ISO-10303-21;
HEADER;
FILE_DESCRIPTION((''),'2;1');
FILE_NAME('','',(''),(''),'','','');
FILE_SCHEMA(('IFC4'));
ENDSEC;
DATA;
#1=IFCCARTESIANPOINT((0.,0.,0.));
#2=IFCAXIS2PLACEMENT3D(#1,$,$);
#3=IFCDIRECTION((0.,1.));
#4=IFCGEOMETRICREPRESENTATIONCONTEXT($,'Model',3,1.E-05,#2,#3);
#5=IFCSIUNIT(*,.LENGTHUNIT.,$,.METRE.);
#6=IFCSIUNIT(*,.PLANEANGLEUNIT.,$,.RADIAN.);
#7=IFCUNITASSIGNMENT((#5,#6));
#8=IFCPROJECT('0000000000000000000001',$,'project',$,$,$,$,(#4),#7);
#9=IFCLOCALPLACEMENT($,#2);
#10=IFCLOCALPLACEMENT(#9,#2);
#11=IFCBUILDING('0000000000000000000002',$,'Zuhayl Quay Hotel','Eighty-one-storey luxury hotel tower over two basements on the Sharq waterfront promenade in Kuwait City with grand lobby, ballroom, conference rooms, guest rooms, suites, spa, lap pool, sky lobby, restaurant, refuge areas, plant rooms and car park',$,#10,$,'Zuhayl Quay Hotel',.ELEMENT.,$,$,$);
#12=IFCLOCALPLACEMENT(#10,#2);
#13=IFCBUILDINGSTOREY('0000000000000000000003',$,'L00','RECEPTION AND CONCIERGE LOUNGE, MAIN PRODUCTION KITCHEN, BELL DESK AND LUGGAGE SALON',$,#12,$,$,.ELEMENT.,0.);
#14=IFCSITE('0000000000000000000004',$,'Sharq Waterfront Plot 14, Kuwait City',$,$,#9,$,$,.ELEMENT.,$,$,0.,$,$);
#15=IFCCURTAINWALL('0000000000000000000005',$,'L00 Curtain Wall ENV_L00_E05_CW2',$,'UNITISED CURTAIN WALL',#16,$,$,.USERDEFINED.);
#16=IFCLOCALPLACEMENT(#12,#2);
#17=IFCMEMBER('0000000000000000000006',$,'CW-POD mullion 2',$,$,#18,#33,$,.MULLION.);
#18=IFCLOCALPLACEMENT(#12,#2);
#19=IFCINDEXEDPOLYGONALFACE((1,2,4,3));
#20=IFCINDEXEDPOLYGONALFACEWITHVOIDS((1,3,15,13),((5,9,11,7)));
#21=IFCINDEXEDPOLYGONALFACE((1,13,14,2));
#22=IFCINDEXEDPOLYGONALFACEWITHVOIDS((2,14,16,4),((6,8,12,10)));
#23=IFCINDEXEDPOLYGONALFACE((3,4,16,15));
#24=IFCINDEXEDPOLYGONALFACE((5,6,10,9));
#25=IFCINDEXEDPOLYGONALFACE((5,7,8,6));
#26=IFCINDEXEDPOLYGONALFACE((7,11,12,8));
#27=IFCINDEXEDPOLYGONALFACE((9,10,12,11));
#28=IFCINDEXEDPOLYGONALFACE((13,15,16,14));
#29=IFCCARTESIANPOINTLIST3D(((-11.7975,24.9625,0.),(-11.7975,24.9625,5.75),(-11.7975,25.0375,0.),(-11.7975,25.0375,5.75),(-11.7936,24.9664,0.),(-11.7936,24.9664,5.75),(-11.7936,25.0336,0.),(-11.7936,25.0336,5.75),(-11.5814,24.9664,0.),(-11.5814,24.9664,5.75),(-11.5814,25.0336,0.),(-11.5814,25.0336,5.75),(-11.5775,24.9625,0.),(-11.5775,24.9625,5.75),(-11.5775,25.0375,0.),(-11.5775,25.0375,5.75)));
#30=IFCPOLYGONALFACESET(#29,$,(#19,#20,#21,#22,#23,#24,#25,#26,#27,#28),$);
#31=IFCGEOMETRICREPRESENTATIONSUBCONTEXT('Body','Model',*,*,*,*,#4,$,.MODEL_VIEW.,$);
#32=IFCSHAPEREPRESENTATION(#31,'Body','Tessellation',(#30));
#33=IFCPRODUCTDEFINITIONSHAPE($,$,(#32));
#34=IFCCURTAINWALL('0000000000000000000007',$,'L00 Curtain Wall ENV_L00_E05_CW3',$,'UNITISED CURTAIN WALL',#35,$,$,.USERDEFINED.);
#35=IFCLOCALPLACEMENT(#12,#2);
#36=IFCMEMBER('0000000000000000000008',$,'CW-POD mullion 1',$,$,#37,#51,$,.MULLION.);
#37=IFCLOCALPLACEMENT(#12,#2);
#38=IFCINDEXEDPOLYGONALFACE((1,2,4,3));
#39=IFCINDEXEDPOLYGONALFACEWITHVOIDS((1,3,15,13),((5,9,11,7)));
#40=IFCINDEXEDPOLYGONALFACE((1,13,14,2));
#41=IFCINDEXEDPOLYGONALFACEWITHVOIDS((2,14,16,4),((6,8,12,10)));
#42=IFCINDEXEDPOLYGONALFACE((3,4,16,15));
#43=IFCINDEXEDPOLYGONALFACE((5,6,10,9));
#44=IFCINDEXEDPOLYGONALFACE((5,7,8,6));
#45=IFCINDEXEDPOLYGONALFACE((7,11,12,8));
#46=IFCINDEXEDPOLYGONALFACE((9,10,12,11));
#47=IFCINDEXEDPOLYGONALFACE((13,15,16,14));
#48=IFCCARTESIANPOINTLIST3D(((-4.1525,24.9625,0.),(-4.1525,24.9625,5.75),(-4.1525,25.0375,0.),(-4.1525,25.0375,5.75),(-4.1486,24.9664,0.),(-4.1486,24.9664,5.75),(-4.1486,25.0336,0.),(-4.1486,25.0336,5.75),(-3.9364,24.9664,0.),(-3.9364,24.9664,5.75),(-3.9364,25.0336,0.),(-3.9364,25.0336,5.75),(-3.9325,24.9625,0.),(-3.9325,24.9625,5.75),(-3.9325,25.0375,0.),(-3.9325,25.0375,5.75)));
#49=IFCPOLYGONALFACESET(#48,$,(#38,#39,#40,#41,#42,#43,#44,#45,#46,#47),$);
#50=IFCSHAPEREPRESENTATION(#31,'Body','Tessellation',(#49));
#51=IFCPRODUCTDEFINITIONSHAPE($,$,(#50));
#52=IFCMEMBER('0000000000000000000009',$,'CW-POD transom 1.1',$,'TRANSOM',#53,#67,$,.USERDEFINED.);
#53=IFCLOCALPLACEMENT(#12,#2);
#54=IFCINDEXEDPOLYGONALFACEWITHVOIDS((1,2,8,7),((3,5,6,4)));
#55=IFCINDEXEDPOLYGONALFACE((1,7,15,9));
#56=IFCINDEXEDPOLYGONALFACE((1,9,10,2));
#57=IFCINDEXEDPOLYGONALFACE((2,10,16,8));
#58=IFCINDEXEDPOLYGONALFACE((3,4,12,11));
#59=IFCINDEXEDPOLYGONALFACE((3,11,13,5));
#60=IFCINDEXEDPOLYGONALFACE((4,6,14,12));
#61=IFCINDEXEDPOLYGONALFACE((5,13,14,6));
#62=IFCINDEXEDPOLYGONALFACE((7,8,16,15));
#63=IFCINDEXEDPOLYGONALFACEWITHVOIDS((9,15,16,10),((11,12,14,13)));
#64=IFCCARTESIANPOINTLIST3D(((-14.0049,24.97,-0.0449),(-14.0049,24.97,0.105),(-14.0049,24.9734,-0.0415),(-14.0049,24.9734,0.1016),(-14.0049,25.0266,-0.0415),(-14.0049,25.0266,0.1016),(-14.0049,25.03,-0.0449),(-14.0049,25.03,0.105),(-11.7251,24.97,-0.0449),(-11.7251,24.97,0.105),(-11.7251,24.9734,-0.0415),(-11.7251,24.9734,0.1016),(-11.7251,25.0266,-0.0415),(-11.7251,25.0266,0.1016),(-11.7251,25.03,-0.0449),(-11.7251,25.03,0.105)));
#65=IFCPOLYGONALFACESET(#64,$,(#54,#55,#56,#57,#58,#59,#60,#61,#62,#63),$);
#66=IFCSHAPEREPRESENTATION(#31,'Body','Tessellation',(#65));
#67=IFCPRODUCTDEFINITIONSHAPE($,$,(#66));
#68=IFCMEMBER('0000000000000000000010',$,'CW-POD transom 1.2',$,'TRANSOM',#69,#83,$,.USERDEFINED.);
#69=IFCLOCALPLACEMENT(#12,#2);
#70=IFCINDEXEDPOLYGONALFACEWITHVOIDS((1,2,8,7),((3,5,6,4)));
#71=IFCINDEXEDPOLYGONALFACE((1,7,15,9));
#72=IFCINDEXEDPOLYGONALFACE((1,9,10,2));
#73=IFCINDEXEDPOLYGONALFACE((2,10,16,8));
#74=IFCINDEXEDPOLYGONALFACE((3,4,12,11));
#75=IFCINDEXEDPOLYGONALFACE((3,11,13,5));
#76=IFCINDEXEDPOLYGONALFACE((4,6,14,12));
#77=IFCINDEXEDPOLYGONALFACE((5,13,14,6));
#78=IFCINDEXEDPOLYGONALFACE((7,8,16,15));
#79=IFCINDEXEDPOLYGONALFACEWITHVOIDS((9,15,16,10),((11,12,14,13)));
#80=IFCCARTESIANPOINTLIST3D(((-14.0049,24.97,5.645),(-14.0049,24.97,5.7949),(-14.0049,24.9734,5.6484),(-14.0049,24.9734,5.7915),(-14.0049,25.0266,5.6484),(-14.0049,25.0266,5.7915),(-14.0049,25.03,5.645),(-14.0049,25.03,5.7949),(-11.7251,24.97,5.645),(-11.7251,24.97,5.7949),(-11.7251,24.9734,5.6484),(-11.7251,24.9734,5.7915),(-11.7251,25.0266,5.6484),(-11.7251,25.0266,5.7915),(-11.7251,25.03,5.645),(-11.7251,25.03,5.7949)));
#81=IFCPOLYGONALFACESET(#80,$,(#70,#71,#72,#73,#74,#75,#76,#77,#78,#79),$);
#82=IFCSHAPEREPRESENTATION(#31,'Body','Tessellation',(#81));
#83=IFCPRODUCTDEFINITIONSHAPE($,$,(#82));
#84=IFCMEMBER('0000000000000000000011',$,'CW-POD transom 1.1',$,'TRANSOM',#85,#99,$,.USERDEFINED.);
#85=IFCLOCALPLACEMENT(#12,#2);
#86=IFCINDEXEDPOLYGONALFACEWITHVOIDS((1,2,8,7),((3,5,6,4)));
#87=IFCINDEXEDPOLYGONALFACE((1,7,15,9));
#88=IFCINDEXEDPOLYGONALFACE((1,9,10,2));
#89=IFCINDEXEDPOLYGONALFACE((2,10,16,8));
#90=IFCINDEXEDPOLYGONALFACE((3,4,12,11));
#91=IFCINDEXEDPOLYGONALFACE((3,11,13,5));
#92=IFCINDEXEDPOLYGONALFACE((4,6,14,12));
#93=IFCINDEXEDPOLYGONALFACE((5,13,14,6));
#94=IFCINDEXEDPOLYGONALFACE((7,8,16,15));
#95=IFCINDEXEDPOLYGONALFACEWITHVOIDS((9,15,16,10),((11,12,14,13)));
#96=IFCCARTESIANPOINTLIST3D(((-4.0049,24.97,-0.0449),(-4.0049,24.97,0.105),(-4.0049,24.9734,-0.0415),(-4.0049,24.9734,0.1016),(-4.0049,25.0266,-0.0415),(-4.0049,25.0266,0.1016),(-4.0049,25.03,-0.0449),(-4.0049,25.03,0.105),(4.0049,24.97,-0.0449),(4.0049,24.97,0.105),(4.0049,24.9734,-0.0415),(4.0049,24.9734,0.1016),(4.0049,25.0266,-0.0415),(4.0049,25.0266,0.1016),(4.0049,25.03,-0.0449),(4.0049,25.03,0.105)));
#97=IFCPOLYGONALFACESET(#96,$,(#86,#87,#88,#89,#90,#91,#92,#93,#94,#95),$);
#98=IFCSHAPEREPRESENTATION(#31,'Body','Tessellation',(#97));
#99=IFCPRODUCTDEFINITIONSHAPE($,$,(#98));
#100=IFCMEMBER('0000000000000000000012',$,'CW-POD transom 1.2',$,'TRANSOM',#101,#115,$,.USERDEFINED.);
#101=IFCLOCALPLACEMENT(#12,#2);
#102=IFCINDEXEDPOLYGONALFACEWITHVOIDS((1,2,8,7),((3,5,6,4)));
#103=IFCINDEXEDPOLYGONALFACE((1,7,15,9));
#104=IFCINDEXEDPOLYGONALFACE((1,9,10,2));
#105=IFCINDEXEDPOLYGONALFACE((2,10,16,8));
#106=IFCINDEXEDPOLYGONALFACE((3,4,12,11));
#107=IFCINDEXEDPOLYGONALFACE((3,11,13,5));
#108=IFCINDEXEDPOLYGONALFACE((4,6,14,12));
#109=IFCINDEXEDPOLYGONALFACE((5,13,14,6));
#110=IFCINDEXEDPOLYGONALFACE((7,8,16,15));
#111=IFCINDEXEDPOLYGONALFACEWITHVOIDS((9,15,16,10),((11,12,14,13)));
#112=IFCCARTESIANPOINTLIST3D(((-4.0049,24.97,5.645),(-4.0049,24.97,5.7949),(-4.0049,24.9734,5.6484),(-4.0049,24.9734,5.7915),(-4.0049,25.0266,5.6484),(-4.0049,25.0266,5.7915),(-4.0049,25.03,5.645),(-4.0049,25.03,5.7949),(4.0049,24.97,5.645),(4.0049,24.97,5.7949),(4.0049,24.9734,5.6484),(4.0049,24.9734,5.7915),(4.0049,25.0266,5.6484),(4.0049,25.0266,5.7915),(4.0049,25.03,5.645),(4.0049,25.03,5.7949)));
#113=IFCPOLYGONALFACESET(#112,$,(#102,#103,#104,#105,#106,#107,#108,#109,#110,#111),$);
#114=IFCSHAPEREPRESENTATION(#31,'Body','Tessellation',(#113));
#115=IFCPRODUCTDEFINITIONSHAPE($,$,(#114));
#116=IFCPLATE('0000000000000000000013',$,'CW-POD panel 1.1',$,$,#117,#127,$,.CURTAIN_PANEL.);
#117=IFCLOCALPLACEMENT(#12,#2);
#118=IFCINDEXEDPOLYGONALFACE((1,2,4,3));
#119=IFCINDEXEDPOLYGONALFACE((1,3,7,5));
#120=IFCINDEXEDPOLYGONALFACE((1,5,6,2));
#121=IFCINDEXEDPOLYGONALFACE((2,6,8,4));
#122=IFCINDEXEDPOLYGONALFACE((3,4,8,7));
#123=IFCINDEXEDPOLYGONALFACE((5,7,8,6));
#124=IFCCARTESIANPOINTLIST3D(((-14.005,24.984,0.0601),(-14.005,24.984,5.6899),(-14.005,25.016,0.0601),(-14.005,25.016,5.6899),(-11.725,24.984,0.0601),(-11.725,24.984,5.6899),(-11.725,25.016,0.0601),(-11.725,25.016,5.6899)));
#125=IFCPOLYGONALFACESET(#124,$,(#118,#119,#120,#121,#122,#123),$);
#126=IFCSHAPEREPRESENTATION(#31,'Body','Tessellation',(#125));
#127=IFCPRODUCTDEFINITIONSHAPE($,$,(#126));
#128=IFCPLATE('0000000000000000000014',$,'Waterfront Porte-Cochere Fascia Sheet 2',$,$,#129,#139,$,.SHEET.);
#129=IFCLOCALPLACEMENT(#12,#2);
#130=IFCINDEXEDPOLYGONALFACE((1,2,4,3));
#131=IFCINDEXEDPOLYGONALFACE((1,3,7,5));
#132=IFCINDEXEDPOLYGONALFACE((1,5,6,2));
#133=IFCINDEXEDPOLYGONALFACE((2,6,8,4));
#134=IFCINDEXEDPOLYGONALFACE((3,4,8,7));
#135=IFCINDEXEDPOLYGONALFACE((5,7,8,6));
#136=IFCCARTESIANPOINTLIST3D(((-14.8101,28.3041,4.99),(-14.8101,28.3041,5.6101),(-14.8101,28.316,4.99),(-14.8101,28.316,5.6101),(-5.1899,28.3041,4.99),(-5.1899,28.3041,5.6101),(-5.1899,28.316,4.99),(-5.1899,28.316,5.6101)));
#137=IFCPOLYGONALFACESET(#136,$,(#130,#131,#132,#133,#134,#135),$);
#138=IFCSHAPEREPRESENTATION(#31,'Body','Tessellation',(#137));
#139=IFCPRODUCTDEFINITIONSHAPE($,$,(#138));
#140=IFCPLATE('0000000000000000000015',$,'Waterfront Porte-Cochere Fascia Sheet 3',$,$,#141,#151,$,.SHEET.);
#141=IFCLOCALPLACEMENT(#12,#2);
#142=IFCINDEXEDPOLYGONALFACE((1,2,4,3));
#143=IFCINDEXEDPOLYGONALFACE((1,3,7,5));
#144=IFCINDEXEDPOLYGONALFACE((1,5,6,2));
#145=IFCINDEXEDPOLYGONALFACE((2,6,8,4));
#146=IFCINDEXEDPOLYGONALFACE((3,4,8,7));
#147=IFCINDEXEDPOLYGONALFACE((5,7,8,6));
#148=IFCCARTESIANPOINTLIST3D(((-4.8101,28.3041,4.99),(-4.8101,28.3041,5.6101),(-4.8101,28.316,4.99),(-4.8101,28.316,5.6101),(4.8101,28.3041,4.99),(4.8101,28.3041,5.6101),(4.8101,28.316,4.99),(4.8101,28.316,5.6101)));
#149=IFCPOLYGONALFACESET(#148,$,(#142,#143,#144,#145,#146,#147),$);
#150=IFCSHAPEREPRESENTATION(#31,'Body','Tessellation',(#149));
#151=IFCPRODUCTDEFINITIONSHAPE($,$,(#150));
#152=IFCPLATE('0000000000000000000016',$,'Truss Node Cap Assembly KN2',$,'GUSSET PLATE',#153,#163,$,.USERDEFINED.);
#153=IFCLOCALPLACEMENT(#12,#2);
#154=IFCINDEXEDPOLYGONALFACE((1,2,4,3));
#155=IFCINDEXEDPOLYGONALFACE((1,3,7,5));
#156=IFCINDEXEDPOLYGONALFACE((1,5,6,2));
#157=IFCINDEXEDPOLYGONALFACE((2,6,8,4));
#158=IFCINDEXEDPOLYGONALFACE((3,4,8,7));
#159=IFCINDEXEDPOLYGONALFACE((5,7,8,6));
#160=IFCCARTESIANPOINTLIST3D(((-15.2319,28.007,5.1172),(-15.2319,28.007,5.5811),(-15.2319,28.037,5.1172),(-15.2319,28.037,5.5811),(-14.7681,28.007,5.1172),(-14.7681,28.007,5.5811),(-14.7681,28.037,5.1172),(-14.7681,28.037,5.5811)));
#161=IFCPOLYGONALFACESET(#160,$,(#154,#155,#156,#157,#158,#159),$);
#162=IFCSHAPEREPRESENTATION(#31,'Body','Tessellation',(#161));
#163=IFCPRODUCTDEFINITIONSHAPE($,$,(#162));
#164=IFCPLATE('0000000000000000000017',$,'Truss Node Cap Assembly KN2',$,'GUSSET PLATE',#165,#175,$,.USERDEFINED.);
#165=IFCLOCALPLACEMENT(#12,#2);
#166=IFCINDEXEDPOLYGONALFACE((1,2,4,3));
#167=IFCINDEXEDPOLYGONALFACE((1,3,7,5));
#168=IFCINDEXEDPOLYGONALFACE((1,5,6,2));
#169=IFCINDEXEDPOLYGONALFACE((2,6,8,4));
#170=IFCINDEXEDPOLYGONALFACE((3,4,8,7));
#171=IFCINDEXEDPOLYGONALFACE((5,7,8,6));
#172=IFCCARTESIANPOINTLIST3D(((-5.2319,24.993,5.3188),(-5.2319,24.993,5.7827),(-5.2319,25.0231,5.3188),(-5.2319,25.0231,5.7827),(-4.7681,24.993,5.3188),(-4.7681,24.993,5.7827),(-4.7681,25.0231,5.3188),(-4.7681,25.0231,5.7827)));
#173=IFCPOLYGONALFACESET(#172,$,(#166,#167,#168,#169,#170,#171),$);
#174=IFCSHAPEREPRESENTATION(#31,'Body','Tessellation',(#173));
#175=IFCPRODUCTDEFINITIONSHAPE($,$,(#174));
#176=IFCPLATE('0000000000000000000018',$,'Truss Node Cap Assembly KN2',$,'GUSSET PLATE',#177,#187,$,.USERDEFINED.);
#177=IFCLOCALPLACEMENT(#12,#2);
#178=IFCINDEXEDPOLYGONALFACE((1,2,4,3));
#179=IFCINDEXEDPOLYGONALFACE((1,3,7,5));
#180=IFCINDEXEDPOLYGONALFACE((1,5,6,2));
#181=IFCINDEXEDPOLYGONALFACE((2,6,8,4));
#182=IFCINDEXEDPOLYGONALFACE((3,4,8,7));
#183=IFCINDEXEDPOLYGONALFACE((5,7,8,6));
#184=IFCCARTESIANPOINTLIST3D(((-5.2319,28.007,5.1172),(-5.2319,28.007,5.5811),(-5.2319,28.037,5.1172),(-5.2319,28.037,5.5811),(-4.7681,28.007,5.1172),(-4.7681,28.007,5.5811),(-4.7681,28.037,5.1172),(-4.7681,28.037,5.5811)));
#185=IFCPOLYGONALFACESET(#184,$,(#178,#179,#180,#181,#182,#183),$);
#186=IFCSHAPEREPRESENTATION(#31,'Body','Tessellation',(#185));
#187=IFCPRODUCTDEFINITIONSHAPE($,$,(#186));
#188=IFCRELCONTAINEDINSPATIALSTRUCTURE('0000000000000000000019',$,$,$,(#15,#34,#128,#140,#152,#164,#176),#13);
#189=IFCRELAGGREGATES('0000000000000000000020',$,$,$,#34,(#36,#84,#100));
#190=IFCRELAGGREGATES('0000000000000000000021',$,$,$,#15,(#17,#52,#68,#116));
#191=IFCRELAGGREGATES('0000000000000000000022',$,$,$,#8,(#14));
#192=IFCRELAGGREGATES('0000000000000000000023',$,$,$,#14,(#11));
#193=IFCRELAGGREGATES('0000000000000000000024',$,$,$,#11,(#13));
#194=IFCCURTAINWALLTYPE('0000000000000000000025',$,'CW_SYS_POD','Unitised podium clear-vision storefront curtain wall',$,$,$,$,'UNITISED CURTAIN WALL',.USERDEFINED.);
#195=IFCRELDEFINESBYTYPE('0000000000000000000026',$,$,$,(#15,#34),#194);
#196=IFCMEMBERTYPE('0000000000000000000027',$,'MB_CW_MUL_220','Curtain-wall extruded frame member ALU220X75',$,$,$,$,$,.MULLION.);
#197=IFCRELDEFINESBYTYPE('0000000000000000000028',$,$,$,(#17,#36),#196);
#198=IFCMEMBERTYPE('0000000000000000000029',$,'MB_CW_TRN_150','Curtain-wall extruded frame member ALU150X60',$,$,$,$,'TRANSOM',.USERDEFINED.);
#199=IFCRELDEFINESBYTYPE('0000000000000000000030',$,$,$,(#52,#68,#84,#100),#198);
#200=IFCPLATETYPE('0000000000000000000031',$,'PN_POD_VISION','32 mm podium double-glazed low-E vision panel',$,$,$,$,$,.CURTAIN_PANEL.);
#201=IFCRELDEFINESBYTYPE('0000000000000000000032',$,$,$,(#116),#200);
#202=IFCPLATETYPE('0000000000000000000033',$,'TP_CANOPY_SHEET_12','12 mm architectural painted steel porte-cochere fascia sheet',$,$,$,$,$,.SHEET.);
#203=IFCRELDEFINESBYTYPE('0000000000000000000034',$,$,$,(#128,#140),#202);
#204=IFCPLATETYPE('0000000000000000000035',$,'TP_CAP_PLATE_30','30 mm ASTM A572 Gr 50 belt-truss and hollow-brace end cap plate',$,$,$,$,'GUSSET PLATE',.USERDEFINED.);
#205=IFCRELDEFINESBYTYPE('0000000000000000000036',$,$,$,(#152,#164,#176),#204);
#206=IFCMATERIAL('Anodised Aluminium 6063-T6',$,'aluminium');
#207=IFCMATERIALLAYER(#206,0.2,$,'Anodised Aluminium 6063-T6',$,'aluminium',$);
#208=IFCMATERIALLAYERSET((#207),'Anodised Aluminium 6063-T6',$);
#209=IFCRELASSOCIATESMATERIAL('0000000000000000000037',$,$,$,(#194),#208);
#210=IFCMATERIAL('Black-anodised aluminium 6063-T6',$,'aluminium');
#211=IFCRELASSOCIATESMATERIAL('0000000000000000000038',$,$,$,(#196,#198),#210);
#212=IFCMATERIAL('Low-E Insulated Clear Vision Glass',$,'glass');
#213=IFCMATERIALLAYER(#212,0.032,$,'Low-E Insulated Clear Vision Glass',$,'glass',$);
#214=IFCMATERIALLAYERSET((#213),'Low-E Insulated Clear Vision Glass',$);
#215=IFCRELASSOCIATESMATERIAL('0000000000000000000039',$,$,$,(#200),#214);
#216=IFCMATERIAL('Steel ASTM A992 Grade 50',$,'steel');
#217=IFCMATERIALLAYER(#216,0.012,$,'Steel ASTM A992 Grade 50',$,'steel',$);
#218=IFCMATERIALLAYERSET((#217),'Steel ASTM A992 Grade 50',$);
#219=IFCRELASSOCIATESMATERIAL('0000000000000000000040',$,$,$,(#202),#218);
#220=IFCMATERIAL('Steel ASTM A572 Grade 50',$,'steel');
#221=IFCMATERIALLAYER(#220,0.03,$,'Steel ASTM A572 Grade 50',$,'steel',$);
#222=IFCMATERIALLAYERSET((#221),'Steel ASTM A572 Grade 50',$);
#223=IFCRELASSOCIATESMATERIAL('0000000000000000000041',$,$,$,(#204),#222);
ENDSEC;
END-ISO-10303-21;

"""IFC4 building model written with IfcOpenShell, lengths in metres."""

from ifc_helpers import new_model, si_unit, direction, frame, origin, origin_2d, place, context, subcontext, project, spatial, rectangle, hollow_rectangle, extrude, material, layer, layer_set, material_profile, profile_set, type_object, element, aggregate, save


model = new_model("IFC4")

# Units and contexts
model_context = context("Model", 3, precision=1e-05, world=origin(), true_north=direction((0.0, 1.0)))
body_context = subcontext(model_context, "Body", "Model", "MODEL_VIEW")
ifc_project = project(units=[si_unit("LENGTHUNIT", "METRE"), si_unit("PLANEANGLEUNIT", "RADIAN")], contexts=[model_context])

# Site, building, storey
site_placement = place(None, origin())
site = spatial("IfcSite", under=ifc_project, at=site_placement, Name="Sharq Waterfront Plot 14, Kuwait City", CompositionType="ELEMENT", RefElevation=0.0)
building_placement = place(site_placement, origin())
building = spatial("IfcBuilding", under=site, at=building_placement, Name="Zuhayl Quay Hotel", Description="Eighty-one-storey luxury hotel tower over two basements on the Sharq waterfront promenade in Kuwait City with grand lobby, ballroom, conference rooms, guest rooms, suites, spa, lap pool, sky lobby, restaurant, refuge areas, plant rooms and car park", LongName="Zuhayl Quay Hotel", CompositionType="ELEMENT")
storey_placement = place(building_placement, origin())
storey = spatial("IfcBuildingStorey", under=building, at=storey_placement, Name="L00", Description="RECEPTION AND CONCIERGE LOUNGE, MAIN PRODUCTION KITCHEN, BELL DESK AND LUGGAGE SALON", CompositionType="ELEMENT", Elevation=0.0)

# Shared definitions
ifc_material_1 = material(Name="Steel ASTM A992 Grade 50", Category="steel")

# Curtain wall, member
ifc_material_2 = material(Name="Anodised Aluminium 6063-T6", Category="aluminium")
ifc_layer_1 = layer(ifc_material_2, 0.2, Name="Anodised Aluminium 6063-T6", Category="aluminium")
ifc_layer_set_1 = layer_set([ifc_layer_1], Name="Anodised Aluminium 6063-T6")
curtain_wall_type = type_object("IfcCurtainWallType", Name="CW_SYS_POD", Description="Unitised podium clear-vision storefront curtain wall", ElementType="UNITISED CURTAIN WALL", PredefinedType="USERDEFINED", material=ifc_layer_set_1)
curtain_wall_1_placement = place(storey_placement, origin())
curtain_wall_1 = element("IfcCurtainWall", 1, at=curtain_wall_1_placement, inside=storey, type_object=curtain_wall_type, Name="L00 Curtain Wall ENV_L00_E05_CW2", ObjectType="UNITISED CURTAIN WALL", PredefinedType="USERDEFINED")
ifc_material_3 = material(Name="Black-anodised aluminium 6063-T6", Category="aluminium")
ifc_material_profile_1 = material_profile(ifc_material_3, hollow_rectangle(XDim=0.075, YDim=0.22, WallThickness=0.0039, at=origin_2d()), Name="ALU220X75")
ifc_profile_set_1 = profile_set([ifc_material_profile_1], Name="Black-anodised aluminium 6063-T6")
member_type_1 = type_object("IfcMemberType", Name="MB_CW_MUL_220", Description="Curtain-wall extruded frame member ALU220X75", PredefinedType="MULLION", material=ifc_profile_set_1)
member_1_placement = place(storey_placement, frame((-11.6875, 25.0, 0.0), z_axis=(0.0, 0.0, 1.0), x_axis=(0.0, 1.0, 0.0)))
member_1 = element("IfcMember", 2, at=member_1_placement, type_object=member_type_1, Name="CW-POD mullion 2", PredefinedType="MULLION", context=body_context, shape_type="SweptSolid", body=[
    extrude(hollow_rectangle(XDim=0.075, YDim=0.22, WallThickness=0.0039, at=origin_2d()), origin(), (0.0, 0.0, 1.0), 5.75),
])

# Curtain wall, member
curtain_wall_2_placement = place(storey_placement, origin())
curtain_wall_2 = element("IfcCurtainWall", 3, at=curtain_wall_2_placement, inside=storey, type_object=curtain_wall_type, Name="L00 Curtain Wall ENV_L00_E05_CW3", ObjectType="UNITISED CURTAIN WALL", PredefinedType="USERDEFINED")
member_2_placement = place(storey_placement, frame((-4.0425, 25.0, 0.0), z_axis=(0.0, 0.0, 1.0), x_axis=(0.0, 1.0, 0.0)))
member_2 = element("IfcMember", 4, at=member_2_placement, type_object=member_type_1, Name="CW-POD mullion 1", PredefinedType="MULLION", context=body_context, shape_type="SweptSolid", body=[
    extrude(hollow_rectangle(XDim=0.075, YDim=0.22, WallThickness=0.0039, at=origin_2d()), origin(), (0.0, 0.0, 1.0), 5.75),
])

# Members
ifc_material_profile_2 = material_profile(ifc_material_3, hollow_rectangle(XDim=0.0601, YDim=0.1499, WallThickness=0.0034, at=origin_2d()), Name="ALU150X60")
ifc_profile_set_2 = profile_set([ifc_material_profile_2], Name="Black-anodised aluminium 6063-T6")
member_type_2 = type_object("IfcMemberType", Name="MB_CW_TRN_150", Description="Curtain-wall extruded frame member ALU150X60", ElementType="TRANSOM", PredefinedType="USERDEFINED", material=ifc_profile_set_2)
member_3_placement = place(storey_placement, frame((-14.0049, 25.0, 0.03), z_axis=(1.0, 0.0, 0.0), x_axis=(0.0, 1.0, 0.0)))
member_3 = element("IfcMember", 5, at=member_3_placement, type_object=member_type_2, Name="CW-POD transom 1.1", ObjectType="TRANSOM", PredefinedType="USERDEFINED", context=body_context, shape_type="SweptSolid", body=[
    extrude(hollow_rectangle(XDim=0.0601, YDim=0.1499, WallThickness=0.0034, at=origin_2d()), origin(), (0.0, 0.0, 1.0), 2.2798),
])
member_4_placement = place(storey_placement, frame((-14.0049, 25.0, 5.72), z_axis=(1.0, 0.0, 0.0), x_axis=(0.0, 1.0, 0.0)))
member_4 = element("IfcMember", 6, at=member_4_placement, type_object=member_type_2, Name="CW-POD transom 1.2", ObjectType="TRANSOM", PredefinedType="USERDEFINED", context=body_context, shape_type="SweptSolid", body=[
    extrude(hollow_rectangle(XDim=0.0601, YDim=0.1499, WallThickness=0.0034, at=origin_2d()), origin(), (0.0, 0.0, 1.0), 2.2798),
])
member_5_placement = place(storey_placement, frame((-4.0049, 25.0, 0.03), z_axis=(1.0, 0.0, 0.0), x_axis=(0.0, 1.0, 0.0)))
member_5 = element("IfcMember", 7, at=member_5_placement, type_object=member_type_2, Name="CW-POD transom 1.1", ObjectType="TRANSOM", PredefinedType="USERDEFINED", context=body_context, shape_type="SweptSolid", body=[
    extrude(hollow_rectangle(XDim=0.0601, YDim=0.1499, WallThickness=0.0034, at=origin_2d()), origin(), (0.0, 0.0, 1.0), 8.0098),
])
member_6_placement = place(storey_placement, frame((-4.0049, 25.0, 5.72), z_axis=(1.0, 0.0, 0.0), x_axis=(0.0, 1.0, 0.0)))
member_6 = element("IfcMember", 8, at=member_6_placement, type_object=member_type_2, Name="CW-POD transom 1.2", ObjectType="TRANSOM", PredefinedType="USERDEFINED", context=body_context, shape_type="SweptSolid", body=[
    extrude(hollow_rectangle(XDim=0.0601, YDim=0.1499, WallThickness=0.0034, at=origin_2d()), origin(), (0.0, 0.0, 1.0), 8.0098),
])
aggregate(curtain_wall_2, [member_2, member_5, member_6])

# Plate
ifc_material_4 = material(Name="Low-E Insulated Clear Vision Glass", Category="glass")
ifc_layer_2 = layer(ifc_material_4, 0.032, Name="Low-E Insulated Clear Vision Glass", Category="glass")
ifc_layer_set_2 = layer_set([ifc_layer_2], Name="Low-E Insulated Clear Vision Glass")
plate_type_1 = type_object("IfcPlateType", Name="PN_POD_VISION", Description="32 mm podium double-glazed low-E vision panel", PredefinedType="CURTAIN_PANEL", material=ifc_layer_set_2)
plate_placement = place(storey_placement, frame((-12.865, 25.0, 0.0601), z_axis=(0.0, 0.0, 1.0), x_axis=(1.0, 0.0, 0.0)))
plate = element("IfcPlate", 9, at=plate_placement, type_object=plate_type_1, Name="CW-POD panel 1.1", PredefinedType="CURTAIN_PANEL", context=body_context, shape_type="SweptSolid", body=[
    extrude(rectangle(XDim=2.28, YDim=0.032, at=origin_2d()), origin(), (0.0, 0.0, 1.0), 5.6299),
])
aggregate(curtain_wall_1, [member_1, member_3, member_4, plate])

# Plates
ifc_layer_3 = layer(ifc_material_1, 0.012, Name="Steel ASTM A992 Grade 50", Category="steel")
ifc_layer_set_3 = layer_set([ifc_layer_3], Name="Steel ASTM A992 Grade 50")
plate_type_2 = type_object("IfcPlateType", Name="TP_CANOPY_SHEET_12", Description="12 mm architectural painted steel porte-cochere fascia sheet", PredefinedType="SHEET", material=ifc_layer_set_3)
for number, where, z_axis, x_axis, name in (
    (10, (-10.0, 28.3101, 4.99), (0.0, 0.0, 1.0), (1.0, 0.0, 0.0), "Waterfront Porte-Cochere Fascia Sheet 2"),
    (11, (0.0, 28.3101, 4.99), (0.0, 0.0, 1.0), (1.0, 0.0, 0.0), "Waterfront Porte-Cochere Fascia Sheet 3"),
):
    element("IfcPlate", number, at=place(storey_placement, frame(where, z_axis=z_axis, x_axis=x_axis)), inside=storey, type_object=plate_type_2, Name=name, PredefinedType="SHEET", context=body_context, shape_type="SweptSolid", body=[
        extrude(rectangle(XDim=9.6201, YDim=0.012, at=origin_2d()), origin(), (0.0, 0.0, 1.0), 0.6201),
    ])
ifc_material_5 = material(Name="Steel ASTM A572 Grade 50", Category="steel")
ifc_layer_4 = layer(ifc_material_5, 0.03, Name="Steel ASTM A572 Grade 50", Category="steel")
ifc_layer_set_4 = layer_set([ifc_layer_4], Name="Steel ASTM A572 Grade 50")
plate_type_3 = type_object("IfcPlateType", Name="TP_CAP_PLATE_30", Description="30 mm ASTM A572 Gr 50 belt-truss and hollow-brace end cap plate", ElementType="GUSSET PLATE", PredefinedType="USERDEFINED", material=ifc_layer_set_4)
for number, where, z_axis, x_axis, name in (
    (12, (-15.0, 28.022, 5.1172), (0.0, 0.0, 1.0), (0.0, 1.0, 0.0), "Truss Node Cap Assembly KN2"),
    (13, (-5.0, 25.0081, 5.3188), (0.0, 0.0, 1.0), (0.0, -1.0, 0.0), "Truss Node Cap Assembly KN2"),
    (14, (-5.0, 28.022, 5.1172), (0.0, 0.0, 1.0), (0.0, 1.0, 0.0), "Truss Node Cap Assembly KN2"),
):
    element("IfcPlate", number, at=place(storey_placement, frame(where, z_axis=z_axis, x_axis=x_axis)), inside=storey, type_object=plate_type_3, Name=name, ObjectType="GUSSET PLATE", PredefinedType="USERDEFINED", context=body_context, shape_type="SweptSolid", body=[
        extrude(rectangle(XDim=0.03, YDim=0.4639, at=origin_2d()), origin(), (0.0, 0.0, 1.0), 0.4639),
    ])

save(model, "model.ifc")
